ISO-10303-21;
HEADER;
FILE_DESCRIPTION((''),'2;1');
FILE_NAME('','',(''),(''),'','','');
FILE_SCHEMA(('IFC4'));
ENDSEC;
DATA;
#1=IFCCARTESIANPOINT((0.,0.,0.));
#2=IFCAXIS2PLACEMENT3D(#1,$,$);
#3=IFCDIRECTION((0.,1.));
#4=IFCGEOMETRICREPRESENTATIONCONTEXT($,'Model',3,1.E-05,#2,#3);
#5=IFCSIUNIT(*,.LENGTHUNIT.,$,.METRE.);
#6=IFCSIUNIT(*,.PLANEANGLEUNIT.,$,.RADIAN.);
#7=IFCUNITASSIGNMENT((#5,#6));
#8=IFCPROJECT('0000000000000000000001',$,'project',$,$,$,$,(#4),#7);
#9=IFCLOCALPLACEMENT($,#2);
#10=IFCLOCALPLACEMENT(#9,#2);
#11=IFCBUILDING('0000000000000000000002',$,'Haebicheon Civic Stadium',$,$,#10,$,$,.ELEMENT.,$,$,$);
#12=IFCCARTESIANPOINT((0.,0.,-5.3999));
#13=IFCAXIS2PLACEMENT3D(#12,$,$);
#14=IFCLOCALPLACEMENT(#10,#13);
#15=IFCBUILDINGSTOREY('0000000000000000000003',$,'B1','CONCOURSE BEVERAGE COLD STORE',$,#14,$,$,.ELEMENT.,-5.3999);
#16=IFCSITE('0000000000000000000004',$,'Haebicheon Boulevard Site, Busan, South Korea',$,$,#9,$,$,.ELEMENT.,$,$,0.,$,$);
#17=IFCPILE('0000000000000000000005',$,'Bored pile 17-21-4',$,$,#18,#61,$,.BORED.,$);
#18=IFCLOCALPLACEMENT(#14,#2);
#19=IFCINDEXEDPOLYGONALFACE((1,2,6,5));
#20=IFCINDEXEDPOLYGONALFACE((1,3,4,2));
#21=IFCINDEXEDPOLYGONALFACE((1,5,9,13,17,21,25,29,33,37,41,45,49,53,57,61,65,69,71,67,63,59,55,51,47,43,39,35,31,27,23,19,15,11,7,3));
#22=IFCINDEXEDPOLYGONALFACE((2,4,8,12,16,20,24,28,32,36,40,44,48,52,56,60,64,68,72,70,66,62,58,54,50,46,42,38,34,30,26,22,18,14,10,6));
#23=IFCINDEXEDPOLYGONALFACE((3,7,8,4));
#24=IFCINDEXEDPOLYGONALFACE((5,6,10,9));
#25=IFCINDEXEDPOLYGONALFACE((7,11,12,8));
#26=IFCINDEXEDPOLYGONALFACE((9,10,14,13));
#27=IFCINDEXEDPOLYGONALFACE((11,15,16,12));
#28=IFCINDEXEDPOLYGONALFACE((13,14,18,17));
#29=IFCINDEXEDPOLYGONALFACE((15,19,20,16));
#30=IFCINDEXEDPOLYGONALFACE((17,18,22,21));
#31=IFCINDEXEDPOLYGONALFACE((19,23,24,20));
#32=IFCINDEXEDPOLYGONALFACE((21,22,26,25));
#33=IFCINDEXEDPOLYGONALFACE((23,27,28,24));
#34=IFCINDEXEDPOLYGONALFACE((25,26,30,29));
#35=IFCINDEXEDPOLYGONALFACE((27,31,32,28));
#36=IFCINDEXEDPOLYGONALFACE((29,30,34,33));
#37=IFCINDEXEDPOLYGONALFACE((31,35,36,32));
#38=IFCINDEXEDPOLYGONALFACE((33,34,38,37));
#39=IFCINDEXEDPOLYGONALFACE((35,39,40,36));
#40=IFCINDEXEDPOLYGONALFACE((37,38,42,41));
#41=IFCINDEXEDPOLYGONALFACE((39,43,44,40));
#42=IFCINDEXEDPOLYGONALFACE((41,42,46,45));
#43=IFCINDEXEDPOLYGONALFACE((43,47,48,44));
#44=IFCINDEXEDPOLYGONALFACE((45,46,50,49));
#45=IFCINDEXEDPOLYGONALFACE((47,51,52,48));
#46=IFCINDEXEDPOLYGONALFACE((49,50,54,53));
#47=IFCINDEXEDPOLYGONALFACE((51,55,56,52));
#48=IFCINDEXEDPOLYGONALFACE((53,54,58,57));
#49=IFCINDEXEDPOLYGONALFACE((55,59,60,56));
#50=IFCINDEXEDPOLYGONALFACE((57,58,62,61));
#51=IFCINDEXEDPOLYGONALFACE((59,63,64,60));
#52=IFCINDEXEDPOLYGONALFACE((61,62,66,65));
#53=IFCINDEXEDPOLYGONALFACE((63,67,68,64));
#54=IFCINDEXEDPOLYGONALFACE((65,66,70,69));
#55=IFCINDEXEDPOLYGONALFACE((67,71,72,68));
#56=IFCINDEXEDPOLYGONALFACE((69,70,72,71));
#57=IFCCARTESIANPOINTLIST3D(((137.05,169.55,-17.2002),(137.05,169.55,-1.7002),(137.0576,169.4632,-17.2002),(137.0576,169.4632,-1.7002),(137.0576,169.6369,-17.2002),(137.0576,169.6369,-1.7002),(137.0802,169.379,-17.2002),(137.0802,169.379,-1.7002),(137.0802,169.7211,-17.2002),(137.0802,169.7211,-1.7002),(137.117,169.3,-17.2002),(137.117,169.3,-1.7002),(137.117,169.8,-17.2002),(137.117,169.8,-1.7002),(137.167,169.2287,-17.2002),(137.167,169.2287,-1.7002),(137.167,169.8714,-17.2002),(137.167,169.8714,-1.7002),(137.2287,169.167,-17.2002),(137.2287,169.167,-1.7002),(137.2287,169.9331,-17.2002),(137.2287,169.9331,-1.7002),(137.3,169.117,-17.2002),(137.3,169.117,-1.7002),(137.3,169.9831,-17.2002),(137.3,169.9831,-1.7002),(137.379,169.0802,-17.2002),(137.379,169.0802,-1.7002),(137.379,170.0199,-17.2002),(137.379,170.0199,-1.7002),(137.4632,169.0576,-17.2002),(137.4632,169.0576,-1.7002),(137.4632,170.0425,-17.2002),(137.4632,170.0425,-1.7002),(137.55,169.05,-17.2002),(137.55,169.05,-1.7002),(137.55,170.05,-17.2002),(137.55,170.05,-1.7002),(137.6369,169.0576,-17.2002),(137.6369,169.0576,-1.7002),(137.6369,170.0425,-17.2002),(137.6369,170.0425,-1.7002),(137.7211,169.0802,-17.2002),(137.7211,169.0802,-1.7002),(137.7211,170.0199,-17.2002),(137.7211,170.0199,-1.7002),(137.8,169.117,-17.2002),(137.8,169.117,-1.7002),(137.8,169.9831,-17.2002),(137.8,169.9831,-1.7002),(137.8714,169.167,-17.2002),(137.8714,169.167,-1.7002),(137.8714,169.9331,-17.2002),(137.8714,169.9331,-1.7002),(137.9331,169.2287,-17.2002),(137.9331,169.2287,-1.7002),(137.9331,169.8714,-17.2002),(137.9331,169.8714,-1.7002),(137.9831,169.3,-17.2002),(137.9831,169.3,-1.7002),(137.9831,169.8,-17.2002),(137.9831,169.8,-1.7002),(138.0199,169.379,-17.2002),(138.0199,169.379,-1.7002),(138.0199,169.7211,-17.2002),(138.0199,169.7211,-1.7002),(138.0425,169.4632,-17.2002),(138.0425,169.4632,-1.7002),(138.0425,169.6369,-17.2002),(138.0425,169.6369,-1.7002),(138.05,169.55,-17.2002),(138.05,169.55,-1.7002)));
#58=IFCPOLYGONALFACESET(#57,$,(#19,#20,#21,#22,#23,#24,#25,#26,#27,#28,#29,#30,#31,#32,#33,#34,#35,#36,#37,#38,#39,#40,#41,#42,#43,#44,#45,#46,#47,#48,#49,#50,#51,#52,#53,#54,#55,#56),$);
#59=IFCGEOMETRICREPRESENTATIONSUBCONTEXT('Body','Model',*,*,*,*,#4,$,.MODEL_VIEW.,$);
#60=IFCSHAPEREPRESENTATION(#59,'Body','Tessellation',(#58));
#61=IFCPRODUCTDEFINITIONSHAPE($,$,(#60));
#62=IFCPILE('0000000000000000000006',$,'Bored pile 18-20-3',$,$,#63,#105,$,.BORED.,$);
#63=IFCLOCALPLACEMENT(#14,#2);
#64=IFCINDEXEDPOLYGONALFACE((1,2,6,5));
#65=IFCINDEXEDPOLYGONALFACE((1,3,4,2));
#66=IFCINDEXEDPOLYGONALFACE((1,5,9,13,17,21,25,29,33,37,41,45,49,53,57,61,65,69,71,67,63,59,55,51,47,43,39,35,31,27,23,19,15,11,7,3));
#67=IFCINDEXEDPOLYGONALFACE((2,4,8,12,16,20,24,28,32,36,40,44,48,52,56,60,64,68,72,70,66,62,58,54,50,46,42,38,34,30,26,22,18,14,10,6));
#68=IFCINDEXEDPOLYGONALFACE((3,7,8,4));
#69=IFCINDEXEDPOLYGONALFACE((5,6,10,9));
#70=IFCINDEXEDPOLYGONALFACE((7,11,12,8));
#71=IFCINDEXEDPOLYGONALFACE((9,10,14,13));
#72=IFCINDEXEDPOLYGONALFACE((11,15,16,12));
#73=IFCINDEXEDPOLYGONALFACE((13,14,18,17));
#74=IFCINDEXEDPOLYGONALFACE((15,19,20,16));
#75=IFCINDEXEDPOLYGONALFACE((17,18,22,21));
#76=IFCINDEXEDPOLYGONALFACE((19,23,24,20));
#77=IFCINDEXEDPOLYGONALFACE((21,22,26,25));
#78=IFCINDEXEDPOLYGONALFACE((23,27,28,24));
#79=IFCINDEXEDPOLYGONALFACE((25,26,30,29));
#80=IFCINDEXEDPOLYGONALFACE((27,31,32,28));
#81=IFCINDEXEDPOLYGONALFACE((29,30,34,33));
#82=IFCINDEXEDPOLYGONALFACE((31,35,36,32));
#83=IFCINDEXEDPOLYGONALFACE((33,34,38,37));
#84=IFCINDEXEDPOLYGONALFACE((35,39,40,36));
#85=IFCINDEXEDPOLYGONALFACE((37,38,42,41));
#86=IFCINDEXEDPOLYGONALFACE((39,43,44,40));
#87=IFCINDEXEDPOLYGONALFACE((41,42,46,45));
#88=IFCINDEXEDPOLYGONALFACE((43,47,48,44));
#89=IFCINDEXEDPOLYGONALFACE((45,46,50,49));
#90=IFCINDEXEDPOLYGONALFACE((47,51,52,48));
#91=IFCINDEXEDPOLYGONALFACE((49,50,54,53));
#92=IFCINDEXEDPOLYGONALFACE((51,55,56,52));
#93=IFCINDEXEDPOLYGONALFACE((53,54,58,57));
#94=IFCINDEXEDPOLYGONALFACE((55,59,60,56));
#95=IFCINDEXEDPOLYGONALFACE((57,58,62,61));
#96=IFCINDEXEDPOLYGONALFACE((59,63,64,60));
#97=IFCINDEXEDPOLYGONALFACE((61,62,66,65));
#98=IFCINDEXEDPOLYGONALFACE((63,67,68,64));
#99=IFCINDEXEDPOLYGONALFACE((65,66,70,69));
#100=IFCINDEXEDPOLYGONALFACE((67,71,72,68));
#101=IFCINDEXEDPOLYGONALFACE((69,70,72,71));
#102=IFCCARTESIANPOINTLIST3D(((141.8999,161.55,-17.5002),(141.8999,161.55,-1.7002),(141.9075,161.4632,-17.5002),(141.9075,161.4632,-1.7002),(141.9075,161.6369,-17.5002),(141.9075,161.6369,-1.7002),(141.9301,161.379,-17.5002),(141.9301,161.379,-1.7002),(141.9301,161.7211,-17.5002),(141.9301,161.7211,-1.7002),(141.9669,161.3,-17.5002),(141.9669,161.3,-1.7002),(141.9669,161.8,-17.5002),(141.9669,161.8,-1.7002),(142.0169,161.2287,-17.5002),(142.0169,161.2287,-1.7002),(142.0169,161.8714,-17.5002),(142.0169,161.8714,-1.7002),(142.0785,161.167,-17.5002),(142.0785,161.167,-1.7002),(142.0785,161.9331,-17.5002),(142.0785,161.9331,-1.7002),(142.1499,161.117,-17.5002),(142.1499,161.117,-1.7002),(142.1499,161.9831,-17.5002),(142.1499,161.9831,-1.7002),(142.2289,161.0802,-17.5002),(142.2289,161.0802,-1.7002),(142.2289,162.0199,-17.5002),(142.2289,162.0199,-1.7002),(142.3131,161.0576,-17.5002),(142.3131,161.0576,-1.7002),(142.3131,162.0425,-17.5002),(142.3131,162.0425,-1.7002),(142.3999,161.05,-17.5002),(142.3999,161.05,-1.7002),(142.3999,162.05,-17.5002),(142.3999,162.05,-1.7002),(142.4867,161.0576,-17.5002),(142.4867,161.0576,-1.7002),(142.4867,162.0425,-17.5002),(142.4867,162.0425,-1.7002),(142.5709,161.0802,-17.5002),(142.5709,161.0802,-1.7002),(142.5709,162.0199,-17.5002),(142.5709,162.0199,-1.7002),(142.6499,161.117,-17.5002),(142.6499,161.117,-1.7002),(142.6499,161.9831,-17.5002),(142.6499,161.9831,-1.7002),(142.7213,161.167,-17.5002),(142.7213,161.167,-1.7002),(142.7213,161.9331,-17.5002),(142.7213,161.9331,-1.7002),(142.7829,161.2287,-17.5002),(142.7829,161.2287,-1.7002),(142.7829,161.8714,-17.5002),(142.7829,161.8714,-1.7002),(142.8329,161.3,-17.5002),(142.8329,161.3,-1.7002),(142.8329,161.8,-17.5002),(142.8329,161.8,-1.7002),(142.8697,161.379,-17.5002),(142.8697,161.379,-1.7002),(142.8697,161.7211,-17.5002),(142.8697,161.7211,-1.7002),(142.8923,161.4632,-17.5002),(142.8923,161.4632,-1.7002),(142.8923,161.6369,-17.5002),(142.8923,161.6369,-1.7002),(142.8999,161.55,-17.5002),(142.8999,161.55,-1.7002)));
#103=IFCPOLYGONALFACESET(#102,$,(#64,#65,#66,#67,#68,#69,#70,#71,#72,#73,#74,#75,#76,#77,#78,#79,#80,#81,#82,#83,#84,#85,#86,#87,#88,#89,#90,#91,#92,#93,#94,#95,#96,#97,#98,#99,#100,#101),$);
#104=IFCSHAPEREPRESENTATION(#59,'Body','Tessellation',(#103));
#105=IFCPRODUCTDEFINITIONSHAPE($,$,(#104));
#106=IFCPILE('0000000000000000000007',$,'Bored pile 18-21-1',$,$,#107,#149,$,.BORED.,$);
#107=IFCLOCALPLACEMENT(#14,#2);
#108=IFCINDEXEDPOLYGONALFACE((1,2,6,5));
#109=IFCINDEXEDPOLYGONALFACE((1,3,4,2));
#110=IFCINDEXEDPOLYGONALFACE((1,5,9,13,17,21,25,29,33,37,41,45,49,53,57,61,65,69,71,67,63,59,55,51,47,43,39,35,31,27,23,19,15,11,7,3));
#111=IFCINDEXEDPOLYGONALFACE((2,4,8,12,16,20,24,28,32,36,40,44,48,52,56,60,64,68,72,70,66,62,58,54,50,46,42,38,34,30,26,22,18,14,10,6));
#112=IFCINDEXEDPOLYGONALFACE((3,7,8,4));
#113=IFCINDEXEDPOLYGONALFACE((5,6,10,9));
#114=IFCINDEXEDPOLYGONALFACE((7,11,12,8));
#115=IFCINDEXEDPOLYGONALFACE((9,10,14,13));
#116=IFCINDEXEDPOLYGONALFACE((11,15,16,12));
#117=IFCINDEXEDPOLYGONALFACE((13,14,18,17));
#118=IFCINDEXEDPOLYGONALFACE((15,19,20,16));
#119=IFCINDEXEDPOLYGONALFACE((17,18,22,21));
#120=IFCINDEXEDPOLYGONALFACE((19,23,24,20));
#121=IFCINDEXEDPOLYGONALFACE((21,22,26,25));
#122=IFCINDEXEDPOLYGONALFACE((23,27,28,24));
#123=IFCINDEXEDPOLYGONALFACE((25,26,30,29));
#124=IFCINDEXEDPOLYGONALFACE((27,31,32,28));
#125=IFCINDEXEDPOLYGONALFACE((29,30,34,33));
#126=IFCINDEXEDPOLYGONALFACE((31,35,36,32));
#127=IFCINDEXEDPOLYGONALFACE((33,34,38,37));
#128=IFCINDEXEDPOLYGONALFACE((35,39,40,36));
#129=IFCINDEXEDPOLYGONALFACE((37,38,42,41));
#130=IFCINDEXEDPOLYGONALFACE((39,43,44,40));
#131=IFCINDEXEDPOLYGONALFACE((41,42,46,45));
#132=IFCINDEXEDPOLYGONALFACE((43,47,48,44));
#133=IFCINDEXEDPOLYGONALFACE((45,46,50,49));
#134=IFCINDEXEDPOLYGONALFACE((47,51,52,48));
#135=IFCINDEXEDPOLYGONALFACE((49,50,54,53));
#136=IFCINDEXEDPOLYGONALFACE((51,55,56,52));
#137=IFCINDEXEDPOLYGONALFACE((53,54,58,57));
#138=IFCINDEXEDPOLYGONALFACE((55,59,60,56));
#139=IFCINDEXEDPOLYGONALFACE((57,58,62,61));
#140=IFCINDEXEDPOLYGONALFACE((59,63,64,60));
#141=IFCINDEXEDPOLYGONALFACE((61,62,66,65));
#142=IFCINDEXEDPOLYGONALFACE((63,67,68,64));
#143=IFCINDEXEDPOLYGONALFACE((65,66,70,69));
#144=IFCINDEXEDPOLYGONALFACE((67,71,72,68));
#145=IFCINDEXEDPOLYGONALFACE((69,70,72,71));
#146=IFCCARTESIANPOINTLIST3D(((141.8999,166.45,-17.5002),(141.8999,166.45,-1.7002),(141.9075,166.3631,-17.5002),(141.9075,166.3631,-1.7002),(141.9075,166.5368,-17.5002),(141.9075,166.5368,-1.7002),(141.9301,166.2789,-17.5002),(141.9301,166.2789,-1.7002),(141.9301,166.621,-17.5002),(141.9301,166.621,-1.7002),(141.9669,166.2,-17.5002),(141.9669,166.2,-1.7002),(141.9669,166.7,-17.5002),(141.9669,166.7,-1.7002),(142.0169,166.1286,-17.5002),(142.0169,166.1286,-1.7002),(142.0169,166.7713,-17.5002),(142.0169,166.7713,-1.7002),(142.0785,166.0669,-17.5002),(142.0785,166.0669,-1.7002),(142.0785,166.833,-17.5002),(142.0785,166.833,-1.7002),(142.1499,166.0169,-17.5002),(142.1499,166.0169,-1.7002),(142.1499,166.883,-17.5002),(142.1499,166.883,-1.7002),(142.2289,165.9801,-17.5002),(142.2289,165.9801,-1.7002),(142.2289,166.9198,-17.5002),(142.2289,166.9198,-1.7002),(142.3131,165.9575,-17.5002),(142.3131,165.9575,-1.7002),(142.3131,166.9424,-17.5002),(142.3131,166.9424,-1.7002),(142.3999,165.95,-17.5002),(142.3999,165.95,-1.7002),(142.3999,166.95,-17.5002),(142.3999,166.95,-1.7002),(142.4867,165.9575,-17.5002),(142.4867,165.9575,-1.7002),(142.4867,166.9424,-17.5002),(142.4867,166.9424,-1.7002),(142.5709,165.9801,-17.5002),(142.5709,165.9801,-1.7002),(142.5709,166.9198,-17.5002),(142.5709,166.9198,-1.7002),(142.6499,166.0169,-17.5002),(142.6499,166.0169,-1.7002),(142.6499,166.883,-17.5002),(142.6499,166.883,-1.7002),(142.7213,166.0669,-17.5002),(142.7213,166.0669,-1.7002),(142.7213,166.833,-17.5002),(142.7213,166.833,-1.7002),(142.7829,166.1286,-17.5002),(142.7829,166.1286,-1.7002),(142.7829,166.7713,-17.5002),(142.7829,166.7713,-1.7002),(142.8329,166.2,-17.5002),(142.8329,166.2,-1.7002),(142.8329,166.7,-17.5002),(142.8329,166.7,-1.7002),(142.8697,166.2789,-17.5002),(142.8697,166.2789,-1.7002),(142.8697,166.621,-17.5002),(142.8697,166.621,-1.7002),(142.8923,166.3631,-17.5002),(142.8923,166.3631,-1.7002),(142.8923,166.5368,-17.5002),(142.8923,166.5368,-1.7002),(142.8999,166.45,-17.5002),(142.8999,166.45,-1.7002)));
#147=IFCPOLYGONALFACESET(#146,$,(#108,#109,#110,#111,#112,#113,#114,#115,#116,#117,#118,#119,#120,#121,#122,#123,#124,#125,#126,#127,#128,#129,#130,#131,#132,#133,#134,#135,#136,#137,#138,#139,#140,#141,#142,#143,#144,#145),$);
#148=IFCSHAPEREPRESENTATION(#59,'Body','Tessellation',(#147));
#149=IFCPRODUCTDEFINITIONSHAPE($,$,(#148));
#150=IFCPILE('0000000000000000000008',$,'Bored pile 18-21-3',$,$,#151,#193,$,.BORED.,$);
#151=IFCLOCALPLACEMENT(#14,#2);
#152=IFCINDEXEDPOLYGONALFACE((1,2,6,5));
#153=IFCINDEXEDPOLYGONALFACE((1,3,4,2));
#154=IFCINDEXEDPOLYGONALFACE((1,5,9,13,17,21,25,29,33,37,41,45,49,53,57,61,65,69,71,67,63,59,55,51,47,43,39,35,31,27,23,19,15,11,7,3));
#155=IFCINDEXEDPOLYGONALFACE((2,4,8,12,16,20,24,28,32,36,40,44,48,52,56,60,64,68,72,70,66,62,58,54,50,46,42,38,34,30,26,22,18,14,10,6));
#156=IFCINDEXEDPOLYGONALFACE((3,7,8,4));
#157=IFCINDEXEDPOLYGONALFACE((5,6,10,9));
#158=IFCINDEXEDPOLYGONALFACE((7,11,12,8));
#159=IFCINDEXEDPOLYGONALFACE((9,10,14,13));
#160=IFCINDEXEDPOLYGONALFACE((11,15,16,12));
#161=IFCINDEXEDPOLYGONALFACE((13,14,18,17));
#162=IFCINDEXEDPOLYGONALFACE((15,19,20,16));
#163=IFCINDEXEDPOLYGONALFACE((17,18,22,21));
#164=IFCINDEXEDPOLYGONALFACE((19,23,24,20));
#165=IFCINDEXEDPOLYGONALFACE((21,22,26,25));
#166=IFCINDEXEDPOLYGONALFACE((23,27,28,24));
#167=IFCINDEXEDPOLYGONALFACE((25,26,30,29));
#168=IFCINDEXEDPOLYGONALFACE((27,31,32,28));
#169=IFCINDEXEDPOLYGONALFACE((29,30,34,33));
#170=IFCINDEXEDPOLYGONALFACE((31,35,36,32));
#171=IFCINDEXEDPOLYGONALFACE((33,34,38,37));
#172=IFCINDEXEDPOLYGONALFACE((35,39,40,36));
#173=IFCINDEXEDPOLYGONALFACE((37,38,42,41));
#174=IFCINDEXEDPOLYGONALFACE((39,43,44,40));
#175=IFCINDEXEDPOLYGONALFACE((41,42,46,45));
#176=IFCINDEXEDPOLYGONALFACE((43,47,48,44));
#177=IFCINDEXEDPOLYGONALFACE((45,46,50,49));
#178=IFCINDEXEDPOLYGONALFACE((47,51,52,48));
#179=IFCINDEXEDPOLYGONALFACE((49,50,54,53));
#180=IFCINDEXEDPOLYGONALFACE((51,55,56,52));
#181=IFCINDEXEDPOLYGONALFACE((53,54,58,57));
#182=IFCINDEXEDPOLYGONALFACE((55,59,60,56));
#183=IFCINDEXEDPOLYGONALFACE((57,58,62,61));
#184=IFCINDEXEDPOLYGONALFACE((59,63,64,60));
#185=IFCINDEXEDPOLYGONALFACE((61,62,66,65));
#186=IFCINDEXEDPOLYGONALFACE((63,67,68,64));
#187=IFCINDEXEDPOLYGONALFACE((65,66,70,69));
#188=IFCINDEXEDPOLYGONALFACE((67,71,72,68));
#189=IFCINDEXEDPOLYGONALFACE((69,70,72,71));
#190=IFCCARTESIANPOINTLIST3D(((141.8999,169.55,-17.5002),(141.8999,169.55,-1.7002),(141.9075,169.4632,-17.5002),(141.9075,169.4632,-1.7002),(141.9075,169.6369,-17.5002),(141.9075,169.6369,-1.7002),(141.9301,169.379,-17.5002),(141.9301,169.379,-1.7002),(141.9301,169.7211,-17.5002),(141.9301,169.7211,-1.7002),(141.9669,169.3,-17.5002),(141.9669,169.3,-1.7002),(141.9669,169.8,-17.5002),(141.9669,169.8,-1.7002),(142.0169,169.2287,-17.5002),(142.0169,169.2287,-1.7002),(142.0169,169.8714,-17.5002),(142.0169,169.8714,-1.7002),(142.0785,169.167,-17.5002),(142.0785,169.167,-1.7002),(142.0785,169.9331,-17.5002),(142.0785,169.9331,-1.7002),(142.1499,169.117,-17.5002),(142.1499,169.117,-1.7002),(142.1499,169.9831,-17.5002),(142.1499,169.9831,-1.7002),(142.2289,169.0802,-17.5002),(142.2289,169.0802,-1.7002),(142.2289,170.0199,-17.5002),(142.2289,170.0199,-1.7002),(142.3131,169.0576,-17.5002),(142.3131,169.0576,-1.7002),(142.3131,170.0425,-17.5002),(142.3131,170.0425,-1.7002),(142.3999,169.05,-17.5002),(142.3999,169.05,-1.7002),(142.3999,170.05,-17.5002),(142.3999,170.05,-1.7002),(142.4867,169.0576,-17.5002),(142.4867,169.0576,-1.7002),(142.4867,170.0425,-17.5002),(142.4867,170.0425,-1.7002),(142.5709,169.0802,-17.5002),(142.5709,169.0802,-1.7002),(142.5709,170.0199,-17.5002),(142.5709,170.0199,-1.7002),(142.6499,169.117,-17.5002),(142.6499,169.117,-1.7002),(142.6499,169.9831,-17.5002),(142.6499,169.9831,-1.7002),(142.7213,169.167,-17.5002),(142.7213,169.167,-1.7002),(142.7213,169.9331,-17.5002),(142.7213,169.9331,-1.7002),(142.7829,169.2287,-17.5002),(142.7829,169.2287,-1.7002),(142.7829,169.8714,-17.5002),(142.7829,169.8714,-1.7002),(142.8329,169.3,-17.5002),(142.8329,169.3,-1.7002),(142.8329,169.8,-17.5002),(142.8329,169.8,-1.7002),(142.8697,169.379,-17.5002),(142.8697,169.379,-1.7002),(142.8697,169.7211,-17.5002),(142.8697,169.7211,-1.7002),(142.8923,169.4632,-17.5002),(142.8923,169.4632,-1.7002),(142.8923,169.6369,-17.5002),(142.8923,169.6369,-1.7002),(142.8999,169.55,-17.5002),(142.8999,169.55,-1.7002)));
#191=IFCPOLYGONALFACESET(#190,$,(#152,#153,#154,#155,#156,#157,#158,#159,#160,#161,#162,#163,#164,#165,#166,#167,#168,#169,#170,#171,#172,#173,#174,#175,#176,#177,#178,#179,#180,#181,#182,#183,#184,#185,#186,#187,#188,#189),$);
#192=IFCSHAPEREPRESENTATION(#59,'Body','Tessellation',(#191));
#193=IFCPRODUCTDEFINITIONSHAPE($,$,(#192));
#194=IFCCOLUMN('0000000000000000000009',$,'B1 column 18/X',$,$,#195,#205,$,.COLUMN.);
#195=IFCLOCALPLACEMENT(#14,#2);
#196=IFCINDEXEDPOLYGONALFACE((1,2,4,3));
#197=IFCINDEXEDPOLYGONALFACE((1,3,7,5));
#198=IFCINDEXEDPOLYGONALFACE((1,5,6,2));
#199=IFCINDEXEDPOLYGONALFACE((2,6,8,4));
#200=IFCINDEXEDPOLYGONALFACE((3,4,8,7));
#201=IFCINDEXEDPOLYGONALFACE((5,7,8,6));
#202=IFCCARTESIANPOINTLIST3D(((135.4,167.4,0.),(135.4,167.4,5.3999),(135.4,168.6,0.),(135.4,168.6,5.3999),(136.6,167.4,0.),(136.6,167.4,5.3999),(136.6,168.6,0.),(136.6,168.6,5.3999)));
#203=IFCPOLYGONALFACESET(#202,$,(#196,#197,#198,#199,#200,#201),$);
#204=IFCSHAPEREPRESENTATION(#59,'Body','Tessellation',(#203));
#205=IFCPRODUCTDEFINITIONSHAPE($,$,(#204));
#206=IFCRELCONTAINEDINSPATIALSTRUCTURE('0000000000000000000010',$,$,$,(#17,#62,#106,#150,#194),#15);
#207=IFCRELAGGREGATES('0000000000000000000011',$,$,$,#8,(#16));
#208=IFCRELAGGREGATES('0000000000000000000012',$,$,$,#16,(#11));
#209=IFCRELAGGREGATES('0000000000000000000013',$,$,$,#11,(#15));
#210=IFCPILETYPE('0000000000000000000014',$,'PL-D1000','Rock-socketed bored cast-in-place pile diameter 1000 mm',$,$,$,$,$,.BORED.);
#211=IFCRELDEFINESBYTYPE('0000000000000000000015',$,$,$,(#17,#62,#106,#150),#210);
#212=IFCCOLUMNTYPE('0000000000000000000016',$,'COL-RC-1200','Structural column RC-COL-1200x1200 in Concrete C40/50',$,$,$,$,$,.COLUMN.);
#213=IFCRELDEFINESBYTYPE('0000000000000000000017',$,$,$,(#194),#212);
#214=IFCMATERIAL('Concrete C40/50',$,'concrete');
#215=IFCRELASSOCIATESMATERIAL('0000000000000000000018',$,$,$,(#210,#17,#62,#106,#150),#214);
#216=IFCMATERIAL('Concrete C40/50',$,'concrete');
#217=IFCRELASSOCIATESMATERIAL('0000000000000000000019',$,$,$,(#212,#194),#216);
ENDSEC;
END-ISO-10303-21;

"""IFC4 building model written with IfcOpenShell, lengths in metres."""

from ifc_helpers import new_model, si_unit, direction, frame, origin, origin_2d, place, context, subcontext, project, spatial, rectangle, circle, extrude, material, material_profile, profile_set, type_object, element, save


model = new_model("IFC4")

# Units and contexts
model_context = context("Model", 3, precision=1e-05, world=origin(), true_north=direction((0.0, 1.0)))
body_context = subcontext(model_context, "Body", "Model", "MODEL_VIEW")
ifc_project = project(units=[si_unit("LENGTHUNIT", "METRE"), si_unit("PLANEANGLEUNIT", "RADIAN")], contexts=[model_context])

# Site, building, storey
site_placement = place(None, origin())
site = spatial("IfcSite", under=ifc_project, at=site_placement, Name="Haebicheon Boulevard Site, Busan, South Korea", CompositionType="ELEMENT", RefElevation=0.0)
building_placement = place(site_placement, origin())
building = spatial("IfcBuilding", under=site, at=building_placement, Name="Haebicheon Civic Stadium", CompositionType="ELEMENT")
storey_placement = place(building_placement, frame((0.0, 0.0, -5.3999)))
storey = spatial("IfcBuildingStorey", under=building, at=storey_placement, Name="B1", Description="CONCOURSE BEVERAGE COLD STORE", CompositionType="ELEMENT", Elevation=-5.3999)

# Piles
ifc_material_1 = material(Name="Concrete C40/50", Category="concrete")
ifc_material_profile_1 = material_profile(ifc_material_1, circle(Radius=0.5, at=origin_2d()), Name="PILE-D1000")
ifc_profile_set_1 = profile_set([ifc_material_profile_1], Name="Concrete C40/50")
pile_type = type_object("IfcPileType", Name="PL-D1000", Description="Rock-socketed bored cast-in-place pile diameter 1000 mm", PredefinedType="BORED", material=ifc_profile_set_1)
for number, where, z_axis, x_axis, name in (
    (1, (137.55, 169.55, -1.7002), (0.0, 0.0, -1.0), (1.0, 0.0, 0.0), "Bored pile 17-21-4"),
):
    element("IfcPile", number, at=place(storey_placement, frame(where, z_axis=z_axis, x_axis=x_axis)), inside=storey, type_object=pile_type, material=ifc_profile_set_1, Name=name, PredefinedType="BORED", context=body_context, shape_type="SweptSolid", body=[
        extrude(circle(Radius=0.5, at=origin_2d()), origin(), (0.0, 0.0, 1.0), 15.5),
    ])
for number, where, z_axis, x_axis, name in (
    (2, (142.3999, 161.55, -1.7002), (0.0, 0.0, -1.0), (1.0, 0.0, 0.0), "Bored pile 18-20-3"),
    (3, (142.3999, 166.45, -1.7002), (0.0, 0.0, -1.0), (1.0, 0.0, 0.0), "Bored pile 18-21-1"),
    (4, (142.3999, 169.55, -1.7002), (0.0, 0.0, -1.0), (1.0, 0.0, 0.0), "Bored pile 18-21-3"),
):
    element("IfcPile", number, at=place(storey_placement, frame(where, z_axis=z_axis, x_axis=x_axis)), inside=storey, type_object=pile_type, material=ifc_profile_set_1, Name=name, PredefinedType="BORED", context=body_context, shape_type="SweptSolid", body=[
        extrude(circle(Radius=0.5, at=origin_2d()), origin(), (0.0, 0.0, 1.0), 15.8),
    ])

# Column
ifc_material_2 = material(Name="Concrete C40/50", Category="concrete")
ifc_material_profile_2 = material_profile(ifc_material_2, rectangle(XDim=1.2, YDim=1.2, at=origin_2d()), Name="RC-COL-1200x1200")
ifc_profile_set_2 = profile_set([ifc_material_profile_2], Name="Concrete C40/50")
column_type = type_object("IfcColumnType", Name="COL-RC-1200", Description="Structural column RC-COL-1200x1200 in Concrete C40/50", PredefinedType="COLUMN", material=ifc_profile_set_2)
column_placement = place(storey_placement, frame((136.0, 168.0, 0.0), z_axis=(0.0, 0.0, 1.0), x_axis=(1.0, 0.0, 0.0)))
element("IfcColumn", 5, at=column_placement, inside=storey, type_object=column_type, material=ifc_profile_set_2, Name="B1 column 18/X", PredefinedType="COLUMN", context=body_context, shape_type="SweptSolid", body=[
    extrude(rectangle(XDim=1.2, YDim=1.2, at=origin_2d()), origin(), (0.0, 0.0, 1.0), 5.3999),
])

save(model, "model.ifc")
